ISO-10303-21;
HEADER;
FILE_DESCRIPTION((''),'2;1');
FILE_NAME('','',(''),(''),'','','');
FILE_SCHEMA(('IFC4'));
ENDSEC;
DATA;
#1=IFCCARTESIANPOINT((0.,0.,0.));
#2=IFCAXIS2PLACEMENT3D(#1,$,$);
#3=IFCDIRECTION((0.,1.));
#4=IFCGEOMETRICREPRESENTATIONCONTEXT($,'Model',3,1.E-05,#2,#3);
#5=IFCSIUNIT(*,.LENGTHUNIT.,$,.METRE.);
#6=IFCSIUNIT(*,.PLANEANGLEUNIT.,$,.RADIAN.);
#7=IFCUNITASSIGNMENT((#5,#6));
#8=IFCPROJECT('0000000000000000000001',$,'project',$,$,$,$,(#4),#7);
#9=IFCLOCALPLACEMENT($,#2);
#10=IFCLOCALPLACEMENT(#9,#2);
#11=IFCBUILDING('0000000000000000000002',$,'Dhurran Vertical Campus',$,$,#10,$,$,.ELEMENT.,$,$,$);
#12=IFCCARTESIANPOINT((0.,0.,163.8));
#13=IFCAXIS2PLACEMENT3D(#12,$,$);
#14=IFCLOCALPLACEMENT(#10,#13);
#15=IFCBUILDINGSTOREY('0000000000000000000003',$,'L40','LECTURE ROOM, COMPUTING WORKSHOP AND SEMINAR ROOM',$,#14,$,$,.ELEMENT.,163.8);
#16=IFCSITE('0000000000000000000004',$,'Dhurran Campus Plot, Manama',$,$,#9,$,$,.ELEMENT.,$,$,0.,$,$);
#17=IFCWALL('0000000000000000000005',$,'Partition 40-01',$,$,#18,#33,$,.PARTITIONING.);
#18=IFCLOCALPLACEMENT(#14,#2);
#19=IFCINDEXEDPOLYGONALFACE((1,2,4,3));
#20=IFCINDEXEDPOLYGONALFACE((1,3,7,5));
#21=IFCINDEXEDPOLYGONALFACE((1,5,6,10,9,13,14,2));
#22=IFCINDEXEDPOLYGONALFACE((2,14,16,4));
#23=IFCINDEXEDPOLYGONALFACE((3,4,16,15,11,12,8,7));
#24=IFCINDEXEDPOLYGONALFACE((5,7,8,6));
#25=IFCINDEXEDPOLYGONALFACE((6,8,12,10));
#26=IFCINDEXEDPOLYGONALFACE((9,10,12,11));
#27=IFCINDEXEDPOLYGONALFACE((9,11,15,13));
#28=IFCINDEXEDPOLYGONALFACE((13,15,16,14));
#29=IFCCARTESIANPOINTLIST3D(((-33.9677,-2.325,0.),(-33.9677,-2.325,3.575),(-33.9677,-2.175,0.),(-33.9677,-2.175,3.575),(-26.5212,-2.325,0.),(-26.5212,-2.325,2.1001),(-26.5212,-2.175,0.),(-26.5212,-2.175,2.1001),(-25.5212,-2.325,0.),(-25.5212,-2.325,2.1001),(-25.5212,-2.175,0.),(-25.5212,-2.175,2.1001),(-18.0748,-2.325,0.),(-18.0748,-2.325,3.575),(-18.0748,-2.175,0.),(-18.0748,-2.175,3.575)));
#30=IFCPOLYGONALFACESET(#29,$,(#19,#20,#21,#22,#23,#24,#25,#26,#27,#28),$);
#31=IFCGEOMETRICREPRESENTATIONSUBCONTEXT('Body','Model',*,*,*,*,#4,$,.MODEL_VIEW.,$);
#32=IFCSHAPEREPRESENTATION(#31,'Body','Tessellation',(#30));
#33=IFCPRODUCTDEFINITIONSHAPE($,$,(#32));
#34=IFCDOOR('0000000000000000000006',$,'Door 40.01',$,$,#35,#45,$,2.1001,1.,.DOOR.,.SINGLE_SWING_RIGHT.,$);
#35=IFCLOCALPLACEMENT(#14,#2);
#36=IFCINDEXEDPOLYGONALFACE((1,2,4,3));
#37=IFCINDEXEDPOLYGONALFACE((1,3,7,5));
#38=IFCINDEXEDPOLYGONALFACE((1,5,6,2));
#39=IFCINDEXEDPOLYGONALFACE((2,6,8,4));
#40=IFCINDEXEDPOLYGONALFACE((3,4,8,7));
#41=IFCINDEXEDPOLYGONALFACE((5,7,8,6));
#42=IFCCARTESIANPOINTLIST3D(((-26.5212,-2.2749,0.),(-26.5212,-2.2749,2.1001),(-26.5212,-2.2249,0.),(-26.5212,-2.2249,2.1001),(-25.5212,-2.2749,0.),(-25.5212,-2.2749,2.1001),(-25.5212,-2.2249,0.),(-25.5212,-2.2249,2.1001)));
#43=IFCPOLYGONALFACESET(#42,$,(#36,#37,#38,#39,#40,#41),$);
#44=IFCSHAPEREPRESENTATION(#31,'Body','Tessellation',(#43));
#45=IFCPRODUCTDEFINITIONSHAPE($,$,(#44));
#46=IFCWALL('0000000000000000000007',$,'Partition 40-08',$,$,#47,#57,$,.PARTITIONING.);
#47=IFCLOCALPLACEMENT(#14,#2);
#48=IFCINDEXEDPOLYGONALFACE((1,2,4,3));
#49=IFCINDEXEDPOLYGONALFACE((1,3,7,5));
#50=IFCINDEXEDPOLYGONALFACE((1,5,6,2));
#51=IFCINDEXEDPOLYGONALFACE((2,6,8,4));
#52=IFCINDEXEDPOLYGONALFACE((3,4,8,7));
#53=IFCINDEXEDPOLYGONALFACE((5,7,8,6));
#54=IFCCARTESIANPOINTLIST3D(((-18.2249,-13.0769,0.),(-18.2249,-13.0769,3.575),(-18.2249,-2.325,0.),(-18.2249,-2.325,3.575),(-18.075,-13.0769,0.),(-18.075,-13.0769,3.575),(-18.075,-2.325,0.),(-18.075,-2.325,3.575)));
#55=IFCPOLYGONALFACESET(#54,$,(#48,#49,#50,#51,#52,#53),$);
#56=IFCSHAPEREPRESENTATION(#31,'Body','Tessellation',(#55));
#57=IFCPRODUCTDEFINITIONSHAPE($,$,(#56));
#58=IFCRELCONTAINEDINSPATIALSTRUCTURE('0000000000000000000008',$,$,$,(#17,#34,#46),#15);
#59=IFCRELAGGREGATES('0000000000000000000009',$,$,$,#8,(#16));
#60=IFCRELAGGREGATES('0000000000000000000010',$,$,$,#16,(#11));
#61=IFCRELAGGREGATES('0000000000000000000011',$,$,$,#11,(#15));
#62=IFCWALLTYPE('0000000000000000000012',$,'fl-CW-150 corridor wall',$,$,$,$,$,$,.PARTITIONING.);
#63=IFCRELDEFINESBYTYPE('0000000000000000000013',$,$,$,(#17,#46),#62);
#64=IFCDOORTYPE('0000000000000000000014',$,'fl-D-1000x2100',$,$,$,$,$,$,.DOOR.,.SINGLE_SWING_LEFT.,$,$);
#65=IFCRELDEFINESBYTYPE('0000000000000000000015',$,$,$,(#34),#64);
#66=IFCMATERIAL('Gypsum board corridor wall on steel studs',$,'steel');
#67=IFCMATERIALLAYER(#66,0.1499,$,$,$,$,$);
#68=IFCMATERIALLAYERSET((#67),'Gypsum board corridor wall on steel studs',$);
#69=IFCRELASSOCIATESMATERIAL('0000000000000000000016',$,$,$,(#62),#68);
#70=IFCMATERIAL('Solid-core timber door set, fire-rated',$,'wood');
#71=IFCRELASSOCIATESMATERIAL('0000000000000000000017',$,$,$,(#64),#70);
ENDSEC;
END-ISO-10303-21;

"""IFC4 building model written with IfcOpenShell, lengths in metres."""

from ifc_helpers import new_model, si_unit, direction, frame, frame_2d, origin, place, context, subcontext, project, spatial, rectangle, extrude, material, layer, layer_set, type_object, element, fill, save


model = new_model("IFC4")

# Units and contexts
model_context = context("Model", 3, precision=1e-05, world=origin(), true_north=direction((0.0, 1.0)))
body_context = subcontext(model_context, "Body", "Model", "MODEL_VIEW")
ifc_project = project(units=[si_unit("LENGTHUNIT", "METRE"), si_unit("PLANEANGLEUNIT", "RADIAN")], contexts=[model_context])

# Site, building, storey
site_placement = place(None, origin())
site = spatial("IfcSite", under=ifc_project, at=site_placement, Name="Dhurran Campus Plot, Manama", CompositionType="ELEMENT", RefElevation=0.0)
building_placement = place(site_placement, origin())
building = spatial("IfcBuilding", under=site, at=building_placement, Name="Dhurran Vertical Campus", CompositionType="ELEMENT")
storey_placement = place(building_placement, frame((0.0, 0.0, 163.8)))
storey = spatial("IfcBuildingStorey", under=building, at=storey_placement, Name="L40", Description="LECTURE ROOM, COMPUTING WORKSHOP AND SEMINAR ROOM", CompositionType="ELEMENT", Elevation=163.8)

# Wall, opening, door
ifc_material_1 = material(Name="Gypsum board corridor wall on steel studs", Category="steel")
ifc_layer_1 = layer(ifc_material_1, 0.1499)
ifc_layer_set_1 = layer_set([ifc_layer_1], Name="Gypsum board corridor wall on steel studs")
wall_type_1 = type_object("IfcWallType", Name="fl-CW-150 corridor wall", PredefinedType="PARTITIONING", material=ifc_layer_set_1)
wall_1_placement = place(storey_placement, frame((-18.075, -2.25, 0.0), z_axis=(0.0, 0.0, 1.0), x_axis=(-1.0, 0.0, 0.0)))
wall_1 = element("IfcWall", 1, at=wall_1_placement, inside=storey, type_object=wall_type_1, Name="Partition 40-01", PredefinedType="PARTITIONING", context=body_context, shape_type="SweptSolid", body=[
    extrude(rectangle(XDim=15.8928, YDim=0.1499, at=frame_2d((7.9463, 0.0))), origin(), (0.0, 0.0, 1.0), 3.575),
])
opening_1_placement = place(wall_1_placement, frame((7.4463, 0.0, 0.0)))
opening_1 = element("IfcOpeningElement", 2, at=opening_1_placement, cuts=wall_1, PredefinedType="OPENING", context=body_context, shape_type="SweptSolid", body=[
    extrude(rectangle(XDim=1.0, YDim=2.1001, at=frame_2d((0.5, 1.05))), frame((0.0, 0.085, 0.0), z_axis=(0.0, -1.0, 0.0), x_axis=(1.0, 0.0, 0.0)), (0.0, 0.0, 1.0), 0.1699),
])
ifc_material_2 = material(Name="Solid-core timber door set, fire-rated", Category="wood")
door_type_1 = type_object("IfcDoorType", Name="fl-D-1000x2100", OperationType="SINGLE_SWING_LEFT", PredefinedType="DOOR", material=ifc_material_2)
door_1_placement = place(opening_1_placement, origin())
door_1 = element("IfcDoor", 3, at=door_1_placement, inside=storey, type_object=door_type_1, Name="Door 40.01", OperationType="SINGLE_SWING_RIGHT", OverallHeight=2.1001, OverallWidth=1.0, PredefinedType="DOOR", context=body_context, shape_type="SweptSolid", body=[
    extrude(rectangle(XDim=1.0, YDim=2.1001, at=frame_2d((0.5, 1.05))), frame((0.0, 0.0249, 0.0), z_axis=(0.0, -1.0, 0.0), x_axis=(1.0, 0.0, 0.0)), (0.0, 0.0, 1.0), 0.05),
])
fill(opening_1, door_1)

# Wall
wall_2_placement = place(storey_placement, frame((-18.1499, -2.325, 0.0), z_axis=(0.0, 0.0, 1.0), x_axis=(0.0, -1.0, 0.0)))
element("IfcWall", 4, at=wall_2_placement, inside=storey, type_object=wall_type_1, Name="Partition 40-08", PredefinedType="PARTITIONING", context=body_context, shape_type="SweptSolid", body=[
    extrude(rectangle(XDim=10.752, YDim=0.1499, at=frame_2d((5.376, 0.0))), origin(), (0.0, 0.0, 1.0), 3.575),
])

save(model, "model.ifc")
